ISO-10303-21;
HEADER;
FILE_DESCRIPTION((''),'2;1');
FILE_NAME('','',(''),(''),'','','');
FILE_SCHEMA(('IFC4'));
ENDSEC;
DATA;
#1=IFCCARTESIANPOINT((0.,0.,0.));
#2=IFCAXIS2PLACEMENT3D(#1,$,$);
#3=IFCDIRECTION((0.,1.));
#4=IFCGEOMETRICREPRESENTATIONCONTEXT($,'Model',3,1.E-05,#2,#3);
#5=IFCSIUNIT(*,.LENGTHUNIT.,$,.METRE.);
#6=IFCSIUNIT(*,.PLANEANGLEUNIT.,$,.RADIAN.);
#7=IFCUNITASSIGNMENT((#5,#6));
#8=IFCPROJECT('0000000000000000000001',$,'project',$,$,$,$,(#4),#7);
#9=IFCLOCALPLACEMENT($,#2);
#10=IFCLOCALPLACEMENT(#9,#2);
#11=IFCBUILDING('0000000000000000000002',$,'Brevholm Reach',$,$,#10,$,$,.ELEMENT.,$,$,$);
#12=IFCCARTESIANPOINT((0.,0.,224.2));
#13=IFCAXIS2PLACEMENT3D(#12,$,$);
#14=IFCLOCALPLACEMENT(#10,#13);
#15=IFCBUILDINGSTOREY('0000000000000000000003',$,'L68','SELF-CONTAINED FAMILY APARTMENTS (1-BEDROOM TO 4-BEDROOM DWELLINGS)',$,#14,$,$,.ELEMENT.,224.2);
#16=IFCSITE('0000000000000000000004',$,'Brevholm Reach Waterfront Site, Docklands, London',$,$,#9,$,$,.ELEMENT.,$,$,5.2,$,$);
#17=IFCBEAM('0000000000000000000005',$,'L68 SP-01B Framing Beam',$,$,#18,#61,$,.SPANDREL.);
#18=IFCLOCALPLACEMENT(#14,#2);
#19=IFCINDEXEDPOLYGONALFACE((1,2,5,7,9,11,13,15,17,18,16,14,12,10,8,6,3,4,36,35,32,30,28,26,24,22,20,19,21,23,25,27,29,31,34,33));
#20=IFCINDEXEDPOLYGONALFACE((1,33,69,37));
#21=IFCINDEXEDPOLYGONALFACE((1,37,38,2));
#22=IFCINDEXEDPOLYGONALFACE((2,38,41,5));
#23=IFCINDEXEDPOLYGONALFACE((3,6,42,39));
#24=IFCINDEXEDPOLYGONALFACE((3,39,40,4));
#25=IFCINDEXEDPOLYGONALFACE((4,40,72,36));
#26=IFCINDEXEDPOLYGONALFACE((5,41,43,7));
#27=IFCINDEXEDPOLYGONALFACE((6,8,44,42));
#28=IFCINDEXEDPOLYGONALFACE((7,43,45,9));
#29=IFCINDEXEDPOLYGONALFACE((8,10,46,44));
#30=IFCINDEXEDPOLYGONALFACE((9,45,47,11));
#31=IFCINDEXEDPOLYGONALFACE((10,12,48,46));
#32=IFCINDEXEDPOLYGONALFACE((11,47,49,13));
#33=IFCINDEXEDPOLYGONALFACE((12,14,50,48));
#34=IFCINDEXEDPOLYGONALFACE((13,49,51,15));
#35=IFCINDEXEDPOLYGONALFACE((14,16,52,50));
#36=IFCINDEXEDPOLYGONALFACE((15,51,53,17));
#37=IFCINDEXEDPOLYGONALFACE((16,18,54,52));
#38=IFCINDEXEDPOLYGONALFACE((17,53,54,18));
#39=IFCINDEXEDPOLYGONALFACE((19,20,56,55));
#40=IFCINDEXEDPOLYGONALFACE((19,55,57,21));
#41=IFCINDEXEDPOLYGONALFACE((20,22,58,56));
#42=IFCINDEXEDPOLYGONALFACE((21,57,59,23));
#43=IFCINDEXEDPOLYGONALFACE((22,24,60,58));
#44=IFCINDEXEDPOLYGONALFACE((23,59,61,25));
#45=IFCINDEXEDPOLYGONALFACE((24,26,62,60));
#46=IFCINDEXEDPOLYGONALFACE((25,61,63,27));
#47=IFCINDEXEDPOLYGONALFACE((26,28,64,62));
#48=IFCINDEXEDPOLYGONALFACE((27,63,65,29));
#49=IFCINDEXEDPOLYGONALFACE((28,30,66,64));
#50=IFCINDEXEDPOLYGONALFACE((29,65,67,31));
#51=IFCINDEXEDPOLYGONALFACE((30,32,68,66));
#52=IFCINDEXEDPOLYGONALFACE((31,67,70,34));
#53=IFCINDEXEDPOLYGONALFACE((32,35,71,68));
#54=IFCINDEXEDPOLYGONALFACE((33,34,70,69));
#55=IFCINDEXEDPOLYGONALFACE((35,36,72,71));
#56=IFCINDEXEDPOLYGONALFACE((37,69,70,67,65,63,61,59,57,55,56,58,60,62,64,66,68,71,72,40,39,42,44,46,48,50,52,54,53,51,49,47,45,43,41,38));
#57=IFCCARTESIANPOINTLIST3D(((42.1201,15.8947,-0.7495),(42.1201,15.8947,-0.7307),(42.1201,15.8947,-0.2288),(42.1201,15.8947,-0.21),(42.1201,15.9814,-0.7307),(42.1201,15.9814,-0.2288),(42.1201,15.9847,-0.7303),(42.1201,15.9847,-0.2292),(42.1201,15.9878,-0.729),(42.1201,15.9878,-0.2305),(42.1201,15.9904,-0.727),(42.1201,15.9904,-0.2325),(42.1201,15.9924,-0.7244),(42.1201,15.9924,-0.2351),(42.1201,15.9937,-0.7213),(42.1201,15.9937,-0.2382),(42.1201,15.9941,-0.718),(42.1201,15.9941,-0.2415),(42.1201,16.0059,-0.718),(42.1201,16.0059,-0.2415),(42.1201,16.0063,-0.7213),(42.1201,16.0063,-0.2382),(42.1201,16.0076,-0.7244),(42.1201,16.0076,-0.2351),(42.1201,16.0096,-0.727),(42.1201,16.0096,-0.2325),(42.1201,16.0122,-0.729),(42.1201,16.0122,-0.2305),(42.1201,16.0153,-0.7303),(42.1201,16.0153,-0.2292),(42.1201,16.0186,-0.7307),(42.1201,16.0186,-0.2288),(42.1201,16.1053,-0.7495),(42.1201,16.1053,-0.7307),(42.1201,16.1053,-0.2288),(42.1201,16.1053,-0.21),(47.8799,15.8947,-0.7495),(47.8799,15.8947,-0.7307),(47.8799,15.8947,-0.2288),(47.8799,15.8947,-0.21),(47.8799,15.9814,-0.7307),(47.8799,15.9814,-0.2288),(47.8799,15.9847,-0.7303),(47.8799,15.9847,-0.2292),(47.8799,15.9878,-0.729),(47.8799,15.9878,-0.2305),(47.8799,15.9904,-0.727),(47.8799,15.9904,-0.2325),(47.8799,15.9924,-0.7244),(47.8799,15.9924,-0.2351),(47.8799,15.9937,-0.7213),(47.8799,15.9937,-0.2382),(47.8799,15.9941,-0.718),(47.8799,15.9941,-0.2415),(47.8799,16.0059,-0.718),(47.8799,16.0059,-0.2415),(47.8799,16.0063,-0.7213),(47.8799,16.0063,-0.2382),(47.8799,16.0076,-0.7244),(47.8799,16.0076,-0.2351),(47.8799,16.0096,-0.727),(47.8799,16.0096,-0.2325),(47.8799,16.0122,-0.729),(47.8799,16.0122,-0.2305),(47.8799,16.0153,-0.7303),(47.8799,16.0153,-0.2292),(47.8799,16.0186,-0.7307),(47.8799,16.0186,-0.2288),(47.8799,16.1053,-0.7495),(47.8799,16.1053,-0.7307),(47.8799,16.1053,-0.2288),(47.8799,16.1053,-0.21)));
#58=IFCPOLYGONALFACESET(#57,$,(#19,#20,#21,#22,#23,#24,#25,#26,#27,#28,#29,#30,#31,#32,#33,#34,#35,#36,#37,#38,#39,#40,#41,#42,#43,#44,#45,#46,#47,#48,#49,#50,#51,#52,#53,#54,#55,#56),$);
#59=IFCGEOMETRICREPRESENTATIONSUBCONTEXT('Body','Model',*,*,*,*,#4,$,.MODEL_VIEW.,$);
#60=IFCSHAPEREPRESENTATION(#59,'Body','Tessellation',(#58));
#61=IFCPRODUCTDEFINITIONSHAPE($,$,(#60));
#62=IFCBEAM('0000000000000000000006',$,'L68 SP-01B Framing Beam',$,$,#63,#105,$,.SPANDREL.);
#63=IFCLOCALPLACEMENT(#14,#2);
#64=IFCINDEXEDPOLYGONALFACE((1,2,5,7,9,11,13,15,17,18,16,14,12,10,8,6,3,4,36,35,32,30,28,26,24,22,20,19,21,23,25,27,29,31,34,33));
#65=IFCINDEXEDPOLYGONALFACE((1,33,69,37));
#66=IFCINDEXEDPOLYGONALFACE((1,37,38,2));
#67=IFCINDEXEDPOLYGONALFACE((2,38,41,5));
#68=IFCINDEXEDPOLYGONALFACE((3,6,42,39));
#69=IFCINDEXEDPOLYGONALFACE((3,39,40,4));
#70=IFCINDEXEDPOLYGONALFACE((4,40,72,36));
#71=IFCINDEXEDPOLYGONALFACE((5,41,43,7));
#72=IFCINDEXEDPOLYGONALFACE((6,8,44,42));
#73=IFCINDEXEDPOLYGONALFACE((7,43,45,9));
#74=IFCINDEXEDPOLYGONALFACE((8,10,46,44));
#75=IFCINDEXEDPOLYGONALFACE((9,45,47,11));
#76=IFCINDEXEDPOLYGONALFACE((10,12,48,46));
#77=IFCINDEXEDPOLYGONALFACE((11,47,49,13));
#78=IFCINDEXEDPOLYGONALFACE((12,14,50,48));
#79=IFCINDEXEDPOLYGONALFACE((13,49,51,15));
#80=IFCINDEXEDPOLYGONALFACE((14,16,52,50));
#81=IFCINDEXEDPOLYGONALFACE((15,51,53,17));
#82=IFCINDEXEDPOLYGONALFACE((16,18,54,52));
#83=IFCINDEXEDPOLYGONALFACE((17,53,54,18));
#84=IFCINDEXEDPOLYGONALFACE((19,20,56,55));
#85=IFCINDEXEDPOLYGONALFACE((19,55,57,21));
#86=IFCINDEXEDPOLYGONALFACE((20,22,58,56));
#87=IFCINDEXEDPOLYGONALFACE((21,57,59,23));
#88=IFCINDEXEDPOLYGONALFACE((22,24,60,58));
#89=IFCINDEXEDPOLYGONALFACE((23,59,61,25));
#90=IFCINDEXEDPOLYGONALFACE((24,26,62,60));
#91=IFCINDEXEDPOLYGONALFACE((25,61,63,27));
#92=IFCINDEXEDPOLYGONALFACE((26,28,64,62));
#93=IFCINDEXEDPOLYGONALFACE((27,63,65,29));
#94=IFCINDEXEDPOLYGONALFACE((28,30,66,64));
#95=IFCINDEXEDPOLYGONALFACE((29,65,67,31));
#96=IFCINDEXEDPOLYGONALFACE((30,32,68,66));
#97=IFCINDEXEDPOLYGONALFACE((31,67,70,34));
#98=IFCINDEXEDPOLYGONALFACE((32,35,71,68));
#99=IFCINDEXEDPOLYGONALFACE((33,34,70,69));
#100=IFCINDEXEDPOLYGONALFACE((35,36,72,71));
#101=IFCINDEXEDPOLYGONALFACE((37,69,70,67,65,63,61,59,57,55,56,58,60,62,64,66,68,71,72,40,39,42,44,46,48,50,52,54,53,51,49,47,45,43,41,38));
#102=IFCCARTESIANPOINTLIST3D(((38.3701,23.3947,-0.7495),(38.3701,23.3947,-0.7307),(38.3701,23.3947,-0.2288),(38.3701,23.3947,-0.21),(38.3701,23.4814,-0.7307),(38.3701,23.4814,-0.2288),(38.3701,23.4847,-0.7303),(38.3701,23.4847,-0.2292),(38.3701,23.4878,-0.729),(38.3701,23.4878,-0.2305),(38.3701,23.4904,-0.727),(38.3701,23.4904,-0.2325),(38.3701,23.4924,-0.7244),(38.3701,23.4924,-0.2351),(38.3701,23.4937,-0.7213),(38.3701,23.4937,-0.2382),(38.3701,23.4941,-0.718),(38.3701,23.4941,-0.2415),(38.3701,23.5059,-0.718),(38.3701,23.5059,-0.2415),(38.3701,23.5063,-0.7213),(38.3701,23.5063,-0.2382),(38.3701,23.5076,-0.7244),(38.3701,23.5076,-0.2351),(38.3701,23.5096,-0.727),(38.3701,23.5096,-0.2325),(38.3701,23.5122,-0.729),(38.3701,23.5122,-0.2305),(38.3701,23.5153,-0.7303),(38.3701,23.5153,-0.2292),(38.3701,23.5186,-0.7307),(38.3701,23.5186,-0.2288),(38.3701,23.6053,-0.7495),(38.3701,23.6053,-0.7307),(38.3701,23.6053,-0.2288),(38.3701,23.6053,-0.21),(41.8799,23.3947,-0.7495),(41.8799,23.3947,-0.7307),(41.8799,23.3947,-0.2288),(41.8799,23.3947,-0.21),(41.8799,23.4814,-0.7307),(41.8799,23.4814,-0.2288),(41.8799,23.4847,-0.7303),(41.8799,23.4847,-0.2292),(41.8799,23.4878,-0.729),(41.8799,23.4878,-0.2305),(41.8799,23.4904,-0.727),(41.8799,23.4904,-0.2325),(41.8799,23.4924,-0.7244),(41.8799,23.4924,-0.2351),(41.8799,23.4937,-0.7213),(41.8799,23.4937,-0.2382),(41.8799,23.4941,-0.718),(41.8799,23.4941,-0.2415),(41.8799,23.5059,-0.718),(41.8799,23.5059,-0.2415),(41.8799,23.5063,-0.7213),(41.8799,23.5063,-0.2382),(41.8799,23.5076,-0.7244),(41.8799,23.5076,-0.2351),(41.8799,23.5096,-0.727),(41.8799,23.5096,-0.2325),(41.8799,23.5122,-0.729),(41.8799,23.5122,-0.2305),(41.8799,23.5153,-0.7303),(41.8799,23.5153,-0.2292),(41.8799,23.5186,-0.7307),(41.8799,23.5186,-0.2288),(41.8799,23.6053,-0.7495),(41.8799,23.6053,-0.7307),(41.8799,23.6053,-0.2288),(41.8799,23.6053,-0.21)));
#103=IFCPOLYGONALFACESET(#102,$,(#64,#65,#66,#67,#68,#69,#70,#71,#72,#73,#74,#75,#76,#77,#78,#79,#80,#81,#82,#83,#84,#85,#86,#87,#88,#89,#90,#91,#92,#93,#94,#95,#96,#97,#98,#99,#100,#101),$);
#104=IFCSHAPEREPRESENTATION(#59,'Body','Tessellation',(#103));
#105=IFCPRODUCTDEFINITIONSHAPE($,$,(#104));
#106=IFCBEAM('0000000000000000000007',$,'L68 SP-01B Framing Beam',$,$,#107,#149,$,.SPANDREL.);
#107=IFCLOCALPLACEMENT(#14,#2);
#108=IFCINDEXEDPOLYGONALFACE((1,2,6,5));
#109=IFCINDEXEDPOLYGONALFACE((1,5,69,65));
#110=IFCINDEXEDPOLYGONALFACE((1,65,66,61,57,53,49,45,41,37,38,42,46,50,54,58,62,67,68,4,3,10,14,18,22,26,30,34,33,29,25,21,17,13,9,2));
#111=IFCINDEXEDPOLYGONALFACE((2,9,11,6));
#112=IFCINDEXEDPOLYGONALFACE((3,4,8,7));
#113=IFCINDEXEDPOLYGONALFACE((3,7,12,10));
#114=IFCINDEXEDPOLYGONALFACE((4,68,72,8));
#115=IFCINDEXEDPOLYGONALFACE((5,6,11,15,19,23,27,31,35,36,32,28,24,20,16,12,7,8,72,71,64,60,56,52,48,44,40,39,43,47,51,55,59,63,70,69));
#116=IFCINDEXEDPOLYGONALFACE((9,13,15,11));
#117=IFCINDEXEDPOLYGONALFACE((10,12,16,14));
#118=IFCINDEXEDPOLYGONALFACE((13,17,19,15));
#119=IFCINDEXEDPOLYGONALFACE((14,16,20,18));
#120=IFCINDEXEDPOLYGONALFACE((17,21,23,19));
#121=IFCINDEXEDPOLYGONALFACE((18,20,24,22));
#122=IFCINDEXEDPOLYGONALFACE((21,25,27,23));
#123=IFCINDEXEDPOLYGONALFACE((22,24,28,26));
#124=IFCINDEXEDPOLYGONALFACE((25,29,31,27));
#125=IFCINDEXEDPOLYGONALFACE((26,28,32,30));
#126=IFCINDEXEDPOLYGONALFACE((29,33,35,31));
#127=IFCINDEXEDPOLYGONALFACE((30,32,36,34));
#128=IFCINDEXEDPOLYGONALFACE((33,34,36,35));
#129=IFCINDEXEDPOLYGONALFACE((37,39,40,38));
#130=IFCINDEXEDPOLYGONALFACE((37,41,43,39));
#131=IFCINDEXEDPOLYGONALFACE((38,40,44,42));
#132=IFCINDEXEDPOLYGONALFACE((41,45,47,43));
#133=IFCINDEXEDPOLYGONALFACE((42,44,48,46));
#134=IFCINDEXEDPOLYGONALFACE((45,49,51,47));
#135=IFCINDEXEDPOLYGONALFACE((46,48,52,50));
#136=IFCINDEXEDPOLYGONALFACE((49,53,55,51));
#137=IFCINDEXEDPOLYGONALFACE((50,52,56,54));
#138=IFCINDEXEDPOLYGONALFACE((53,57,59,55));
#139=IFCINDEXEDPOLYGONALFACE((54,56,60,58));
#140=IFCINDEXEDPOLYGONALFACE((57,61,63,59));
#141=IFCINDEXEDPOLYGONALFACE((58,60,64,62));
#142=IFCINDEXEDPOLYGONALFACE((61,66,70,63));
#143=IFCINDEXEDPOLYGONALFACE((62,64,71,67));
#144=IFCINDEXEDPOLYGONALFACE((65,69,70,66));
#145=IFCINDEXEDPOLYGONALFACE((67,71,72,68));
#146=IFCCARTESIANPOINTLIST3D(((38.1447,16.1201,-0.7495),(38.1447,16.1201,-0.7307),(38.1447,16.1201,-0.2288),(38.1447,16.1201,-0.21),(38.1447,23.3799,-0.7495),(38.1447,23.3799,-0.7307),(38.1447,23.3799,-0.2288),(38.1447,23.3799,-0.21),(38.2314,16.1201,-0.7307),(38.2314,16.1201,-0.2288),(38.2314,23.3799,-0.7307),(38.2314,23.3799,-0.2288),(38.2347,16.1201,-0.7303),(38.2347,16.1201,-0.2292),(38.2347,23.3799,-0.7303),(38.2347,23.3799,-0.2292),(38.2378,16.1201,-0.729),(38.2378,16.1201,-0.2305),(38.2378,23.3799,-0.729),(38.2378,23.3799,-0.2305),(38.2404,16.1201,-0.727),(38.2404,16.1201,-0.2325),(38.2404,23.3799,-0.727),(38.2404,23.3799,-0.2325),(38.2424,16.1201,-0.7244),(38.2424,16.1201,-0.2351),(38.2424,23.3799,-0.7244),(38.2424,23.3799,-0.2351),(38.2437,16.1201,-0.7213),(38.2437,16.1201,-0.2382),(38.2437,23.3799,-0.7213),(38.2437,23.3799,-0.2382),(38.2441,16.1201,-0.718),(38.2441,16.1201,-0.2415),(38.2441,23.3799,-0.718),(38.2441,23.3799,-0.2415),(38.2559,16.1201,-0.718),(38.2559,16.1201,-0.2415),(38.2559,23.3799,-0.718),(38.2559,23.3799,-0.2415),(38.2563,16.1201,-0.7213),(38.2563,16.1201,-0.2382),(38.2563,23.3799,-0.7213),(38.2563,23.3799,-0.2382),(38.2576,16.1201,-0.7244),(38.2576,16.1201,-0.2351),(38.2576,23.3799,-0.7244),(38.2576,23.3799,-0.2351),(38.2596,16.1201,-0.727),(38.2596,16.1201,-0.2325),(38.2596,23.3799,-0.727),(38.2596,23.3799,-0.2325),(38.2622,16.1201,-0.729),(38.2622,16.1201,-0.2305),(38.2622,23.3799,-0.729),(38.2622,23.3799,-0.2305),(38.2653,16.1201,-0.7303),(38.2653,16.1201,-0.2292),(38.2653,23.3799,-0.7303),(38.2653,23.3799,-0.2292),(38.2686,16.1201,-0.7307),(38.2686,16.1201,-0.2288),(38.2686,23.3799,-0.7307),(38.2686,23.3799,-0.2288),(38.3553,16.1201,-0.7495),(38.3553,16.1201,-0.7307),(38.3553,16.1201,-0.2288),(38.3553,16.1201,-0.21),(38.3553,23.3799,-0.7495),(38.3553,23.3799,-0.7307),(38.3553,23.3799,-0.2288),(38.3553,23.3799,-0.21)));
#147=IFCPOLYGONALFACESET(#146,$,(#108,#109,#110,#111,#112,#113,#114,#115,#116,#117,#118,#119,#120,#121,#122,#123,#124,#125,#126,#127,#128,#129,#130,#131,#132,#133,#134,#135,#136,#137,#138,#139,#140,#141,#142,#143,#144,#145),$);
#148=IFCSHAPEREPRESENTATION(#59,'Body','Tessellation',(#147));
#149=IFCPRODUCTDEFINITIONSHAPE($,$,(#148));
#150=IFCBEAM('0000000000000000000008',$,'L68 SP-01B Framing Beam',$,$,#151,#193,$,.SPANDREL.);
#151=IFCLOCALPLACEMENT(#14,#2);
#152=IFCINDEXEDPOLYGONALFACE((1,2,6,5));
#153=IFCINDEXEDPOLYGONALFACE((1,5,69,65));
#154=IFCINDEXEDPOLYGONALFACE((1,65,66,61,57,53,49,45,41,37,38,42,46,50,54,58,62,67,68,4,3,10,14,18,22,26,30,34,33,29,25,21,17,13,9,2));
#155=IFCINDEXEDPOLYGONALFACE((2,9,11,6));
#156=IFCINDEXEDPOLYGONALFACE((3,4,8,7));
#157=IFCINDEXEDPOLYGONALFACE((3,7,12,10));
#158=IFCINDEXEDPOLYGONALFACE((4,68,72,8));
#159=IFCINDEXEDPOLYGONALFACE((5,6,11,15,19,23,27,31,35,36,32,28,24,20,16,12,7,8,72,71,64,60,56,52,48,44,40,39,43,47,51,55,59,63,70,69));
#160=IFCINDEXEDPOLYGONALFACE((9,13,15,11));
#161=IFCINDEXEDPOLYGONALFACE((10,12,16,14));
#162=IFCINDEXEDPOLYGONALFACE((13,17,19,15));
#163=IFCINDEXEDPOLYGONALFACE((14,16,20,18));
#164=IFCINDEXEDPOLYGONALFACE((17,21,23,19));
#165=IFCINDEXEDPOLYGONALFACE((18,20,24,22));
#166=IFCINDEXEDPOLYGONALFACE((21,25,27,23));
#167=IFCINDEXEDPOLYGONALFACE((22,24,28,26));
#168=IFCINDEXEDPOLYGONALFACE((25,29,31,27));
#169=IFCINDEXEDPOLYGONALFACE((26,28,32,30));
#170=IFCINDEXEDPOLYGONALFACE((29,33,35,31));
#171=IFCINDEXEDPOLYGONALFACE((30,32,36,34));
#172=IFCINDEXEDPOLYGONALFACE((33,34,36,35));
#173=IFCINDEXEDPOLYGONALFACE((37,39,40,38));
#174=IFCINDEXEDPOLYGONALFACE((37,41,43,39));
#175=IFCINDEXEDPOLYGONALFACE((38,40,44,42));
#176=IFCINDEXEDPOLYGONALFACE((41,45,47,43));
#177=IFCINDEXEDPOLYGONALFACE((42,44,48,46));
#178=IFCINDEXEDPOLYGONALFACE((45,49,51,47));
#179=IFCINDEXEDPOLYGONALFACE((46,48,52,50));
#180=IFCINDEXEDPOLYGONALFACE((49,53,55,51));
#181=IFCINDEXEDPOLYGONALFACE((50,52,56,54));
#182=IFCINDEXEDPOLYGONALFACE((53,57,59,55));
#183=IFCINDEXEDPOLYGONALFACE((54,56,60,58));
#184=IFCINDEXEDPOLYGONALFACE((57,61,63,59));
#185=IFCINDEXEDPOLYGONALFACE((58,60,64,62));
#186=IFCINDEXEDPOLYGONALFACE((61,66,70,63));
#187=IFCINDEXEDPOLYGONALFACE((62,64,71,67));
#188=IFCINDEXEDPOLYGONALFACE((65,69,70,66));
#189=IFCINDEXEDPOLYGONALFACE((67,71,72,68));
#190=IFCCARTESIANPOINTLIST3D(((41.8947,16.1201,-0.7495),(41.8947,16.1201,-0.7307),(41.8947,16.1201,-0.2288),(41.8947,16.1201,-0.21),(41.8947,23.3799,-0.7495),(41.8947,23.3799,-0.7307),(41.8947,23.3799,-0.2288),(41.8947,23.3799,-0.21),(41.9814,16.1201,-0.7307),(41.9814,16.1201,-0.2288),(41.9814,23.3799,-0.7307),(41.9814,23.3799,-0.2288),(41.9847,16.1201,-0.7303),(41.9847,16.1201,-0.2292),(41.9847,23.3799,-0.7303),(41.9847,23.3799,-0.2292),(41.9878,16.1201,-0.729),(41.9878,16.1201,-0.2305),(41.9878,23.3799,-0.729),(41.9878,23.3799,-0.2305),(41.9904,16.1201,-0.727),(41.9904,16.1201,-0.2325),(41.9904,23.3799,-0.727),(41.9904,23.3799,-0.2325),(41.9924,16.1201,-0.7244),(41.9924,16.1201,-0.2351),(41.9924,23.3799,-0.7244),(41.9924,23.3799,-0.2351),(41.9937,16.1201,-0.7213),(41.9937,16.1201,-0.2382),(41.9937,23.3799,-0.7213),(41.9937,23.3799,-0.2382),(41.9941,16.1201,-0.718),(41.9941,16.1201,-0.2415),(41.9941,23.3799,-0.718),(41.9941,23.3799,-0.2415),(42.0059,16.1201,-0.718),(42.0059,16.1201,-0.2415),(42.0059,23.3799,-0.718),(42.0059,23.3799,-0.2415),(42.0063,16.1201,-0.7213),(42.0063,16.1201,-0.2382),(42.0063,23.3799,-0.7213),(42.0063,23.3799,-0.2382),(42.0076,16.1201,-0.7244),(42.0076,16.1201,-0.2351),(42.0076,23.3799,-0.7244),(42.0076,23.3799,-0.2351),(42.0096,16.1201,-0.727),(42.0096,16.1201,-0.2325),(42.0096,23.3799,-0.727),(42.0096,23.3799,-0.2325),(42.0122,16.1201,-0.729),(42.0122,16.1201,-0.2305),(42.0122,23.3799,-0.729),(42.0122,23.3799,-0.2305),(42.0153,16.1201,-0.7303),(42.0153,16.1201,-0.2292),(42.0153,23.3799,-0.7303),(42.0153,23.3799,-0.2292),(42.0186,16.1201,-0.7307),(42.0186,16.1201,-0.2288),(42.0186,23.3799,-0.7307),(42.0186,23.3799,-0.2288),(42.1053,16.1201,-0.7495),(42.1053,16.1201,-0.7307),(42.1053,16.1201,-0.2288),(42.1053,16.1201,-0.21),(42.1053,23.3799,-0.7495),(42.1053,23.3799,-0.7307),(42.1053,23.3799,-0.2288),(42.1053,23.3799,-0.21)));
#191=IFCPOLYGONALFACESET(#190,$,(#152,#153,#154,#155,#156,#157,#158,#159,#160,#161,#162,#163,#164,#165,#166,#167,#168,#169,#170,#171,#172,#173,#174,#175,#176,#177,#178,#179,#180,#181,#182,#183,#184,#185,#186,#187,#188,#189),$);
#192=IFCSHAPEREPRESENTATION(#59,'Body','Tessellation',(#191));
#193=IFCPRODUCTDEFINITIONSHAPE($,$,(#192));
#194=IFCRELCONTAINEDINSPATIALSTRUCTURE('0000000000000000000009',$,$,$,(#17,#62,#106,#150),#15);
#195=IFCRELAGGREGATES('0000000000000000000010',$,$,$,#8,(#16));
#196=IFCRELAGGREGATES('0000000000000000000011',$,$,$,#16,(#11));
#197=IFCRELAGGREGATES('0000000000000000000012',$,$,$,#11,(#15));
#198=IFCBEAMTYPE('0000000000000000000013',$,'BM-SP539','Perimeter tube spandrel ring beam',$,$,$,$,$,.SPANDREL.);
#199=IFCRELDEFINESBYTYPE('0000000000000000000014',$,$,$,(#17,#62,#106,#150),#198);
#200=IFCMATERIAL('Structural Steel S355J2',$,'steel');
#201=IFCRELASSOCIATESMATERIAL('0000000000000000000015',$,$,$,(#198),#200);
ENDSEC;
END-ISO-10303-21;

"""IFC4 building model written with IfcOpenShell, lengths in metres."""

from ifc_helpers import new_model, si_unit, direction, frame, origin, origin_2d, place, context, subcontext, project, spatial, i_section, extrude, material, material_profile, profile_set, type_object, element, save


model = new_model("IFC4")

# Units and contexts
model_context = context("Model", 3, precision=1e-05, world=origin(), true_north=direction((0.0, 1.0)))
body_context = subcontext(model_context, "Body", "Model", "MODEL_VIEW")
ifc_project = project(units=[si_unit("LENGTHUNIT", "METRE"), si_unit("PLANEANGLEUNIT", "RADIAN")], contexts=[model_context])

# Site, building, storey
site_placement = place(None, origin())
site = spatial("IfcSite", under=ifc_project, at=site_placement, Name="Brevholm Reach Waterfront Site, Docklands, London", CompositionType="ELEMENT", RefElevation=5.2)
building_placement = place(site_placement, origin())
building = spatial("IfcBuilding", under=site, at=building_placement, Name="Brevholm Reach", CompositionType="ELEMENT")
storey_placement = place(building_placement, frame((0.0, 0.0, 224.2)))
storey = spatial("IfcBuildingStorey", under=building, at=storey_placement, Name="L68", Description="SELF-CONTAINED FAMILY APARTMENTS (1-BEDROOM TO 4-BEDROOM DWELLINGS)", CompositionType="ELEMENT", Elevation=224.2)

# Beams
ifc_material_1 = material(Name="Structural Steel S355J2", Category="steel")
ifc_material_profile_1 = material_profile(ifc_material_1, i_section(OverallWidth=0.2107, OverallDepth=0.5396, WebThickness=0.0117, FlangeThickness=0.0188, FilletRadius=0.0127, at=origin_2d()), Name="UKB 533x210x109")
ifc_profile_set_1 = profile_set([ifc_material_profile_1], Name="Structural Steel S355J2")
beam_type_1 = type_object("IfcBeamType", Name="BM-SP539", Description="Perimeter tube spandrel ring beam", PredefinedType="SPANDREL", material=ifc_profile_set_1)
beam_1_placement = place(storey_placement, frame((42.1201, 16.0, -0.4797), z_axis=(1.0, 0.0, 0.0), x_axis=(0.0, 1.0, 0.0)))
element("IfcBeam", 1, at=beam_1_placement, inside=storey, type_object=beam_type_1, Name="L68 SP-01B Framing Beam", PredefinedType="SPANDREL", context=body_context, shape_type="SweptSolid", body=[
    extrude(i_section(OverallWidth=0.2107, OverallDepth=0.5396, WebThickness=0.0117, FlangeThickness=0.0188, FilletRadius=0.0127, at=origin_2d()), origin(), (0.0, 0.0, 1.0), 5.7598),
])
beam_2_placement = place(storey_placement, frame((38.3701, 23.5, -0.4797), z_axis=(1.0, 0.0, 0.0), x_axis=(0.0, 1.0, 0.0)))
element("IfcBeam", 2, at=beam_2_placement, inside=storey, type_object=beam_type_1, Name="L68 SP-01B Framing Beam", PredefinedType="SPANDREL", context=body_context, shape_type="SweptSolid", body=[
    extrude(i_section(OverallWidth=0.2107, OverallDepth=0.5396, WebThickness=0.0117, FlangeThickness=0.0188, FilletRadius=0.0127, at=origin_2d()), origin(), (0.0, 0.0, 1.0), 3.5098),
])
for number, where, z_axis, x_axis, name in (
    (3, (38.25, 16.1201, -0.4797), (0.0, 1.0, 0.0), (-1.0, 0.0, 0.0), "L68 SP-01B Framing Beam"),
    (4, (42.0, 16.1201, -0.4797), (0.0, 1.0, 0.0), (-1.0, 0.0, 0.0), "L68 SP-01B Framing Beam"),
):
    element("IfcBeam", number, at=place(storey_placement, frame(where, z_axis=z_axis, x_axis=x_axis)), inside=storey, type_object=beam_type_1, Name=name, PredefinedType="SPANDREL", context=body_context, shape_type="SweptSolid", body=[
        extrude(i_section(OverallWidth=0.2107, OverallDepth=0.5396, WebThickness=0.0117, FlangeThickness=0.0188, FilletRadius=0.0127, at=origin_2d()), origin(), (0.0, 0.0, 1.0), 7.2598),
    ])

save(model, "model.ifc")
